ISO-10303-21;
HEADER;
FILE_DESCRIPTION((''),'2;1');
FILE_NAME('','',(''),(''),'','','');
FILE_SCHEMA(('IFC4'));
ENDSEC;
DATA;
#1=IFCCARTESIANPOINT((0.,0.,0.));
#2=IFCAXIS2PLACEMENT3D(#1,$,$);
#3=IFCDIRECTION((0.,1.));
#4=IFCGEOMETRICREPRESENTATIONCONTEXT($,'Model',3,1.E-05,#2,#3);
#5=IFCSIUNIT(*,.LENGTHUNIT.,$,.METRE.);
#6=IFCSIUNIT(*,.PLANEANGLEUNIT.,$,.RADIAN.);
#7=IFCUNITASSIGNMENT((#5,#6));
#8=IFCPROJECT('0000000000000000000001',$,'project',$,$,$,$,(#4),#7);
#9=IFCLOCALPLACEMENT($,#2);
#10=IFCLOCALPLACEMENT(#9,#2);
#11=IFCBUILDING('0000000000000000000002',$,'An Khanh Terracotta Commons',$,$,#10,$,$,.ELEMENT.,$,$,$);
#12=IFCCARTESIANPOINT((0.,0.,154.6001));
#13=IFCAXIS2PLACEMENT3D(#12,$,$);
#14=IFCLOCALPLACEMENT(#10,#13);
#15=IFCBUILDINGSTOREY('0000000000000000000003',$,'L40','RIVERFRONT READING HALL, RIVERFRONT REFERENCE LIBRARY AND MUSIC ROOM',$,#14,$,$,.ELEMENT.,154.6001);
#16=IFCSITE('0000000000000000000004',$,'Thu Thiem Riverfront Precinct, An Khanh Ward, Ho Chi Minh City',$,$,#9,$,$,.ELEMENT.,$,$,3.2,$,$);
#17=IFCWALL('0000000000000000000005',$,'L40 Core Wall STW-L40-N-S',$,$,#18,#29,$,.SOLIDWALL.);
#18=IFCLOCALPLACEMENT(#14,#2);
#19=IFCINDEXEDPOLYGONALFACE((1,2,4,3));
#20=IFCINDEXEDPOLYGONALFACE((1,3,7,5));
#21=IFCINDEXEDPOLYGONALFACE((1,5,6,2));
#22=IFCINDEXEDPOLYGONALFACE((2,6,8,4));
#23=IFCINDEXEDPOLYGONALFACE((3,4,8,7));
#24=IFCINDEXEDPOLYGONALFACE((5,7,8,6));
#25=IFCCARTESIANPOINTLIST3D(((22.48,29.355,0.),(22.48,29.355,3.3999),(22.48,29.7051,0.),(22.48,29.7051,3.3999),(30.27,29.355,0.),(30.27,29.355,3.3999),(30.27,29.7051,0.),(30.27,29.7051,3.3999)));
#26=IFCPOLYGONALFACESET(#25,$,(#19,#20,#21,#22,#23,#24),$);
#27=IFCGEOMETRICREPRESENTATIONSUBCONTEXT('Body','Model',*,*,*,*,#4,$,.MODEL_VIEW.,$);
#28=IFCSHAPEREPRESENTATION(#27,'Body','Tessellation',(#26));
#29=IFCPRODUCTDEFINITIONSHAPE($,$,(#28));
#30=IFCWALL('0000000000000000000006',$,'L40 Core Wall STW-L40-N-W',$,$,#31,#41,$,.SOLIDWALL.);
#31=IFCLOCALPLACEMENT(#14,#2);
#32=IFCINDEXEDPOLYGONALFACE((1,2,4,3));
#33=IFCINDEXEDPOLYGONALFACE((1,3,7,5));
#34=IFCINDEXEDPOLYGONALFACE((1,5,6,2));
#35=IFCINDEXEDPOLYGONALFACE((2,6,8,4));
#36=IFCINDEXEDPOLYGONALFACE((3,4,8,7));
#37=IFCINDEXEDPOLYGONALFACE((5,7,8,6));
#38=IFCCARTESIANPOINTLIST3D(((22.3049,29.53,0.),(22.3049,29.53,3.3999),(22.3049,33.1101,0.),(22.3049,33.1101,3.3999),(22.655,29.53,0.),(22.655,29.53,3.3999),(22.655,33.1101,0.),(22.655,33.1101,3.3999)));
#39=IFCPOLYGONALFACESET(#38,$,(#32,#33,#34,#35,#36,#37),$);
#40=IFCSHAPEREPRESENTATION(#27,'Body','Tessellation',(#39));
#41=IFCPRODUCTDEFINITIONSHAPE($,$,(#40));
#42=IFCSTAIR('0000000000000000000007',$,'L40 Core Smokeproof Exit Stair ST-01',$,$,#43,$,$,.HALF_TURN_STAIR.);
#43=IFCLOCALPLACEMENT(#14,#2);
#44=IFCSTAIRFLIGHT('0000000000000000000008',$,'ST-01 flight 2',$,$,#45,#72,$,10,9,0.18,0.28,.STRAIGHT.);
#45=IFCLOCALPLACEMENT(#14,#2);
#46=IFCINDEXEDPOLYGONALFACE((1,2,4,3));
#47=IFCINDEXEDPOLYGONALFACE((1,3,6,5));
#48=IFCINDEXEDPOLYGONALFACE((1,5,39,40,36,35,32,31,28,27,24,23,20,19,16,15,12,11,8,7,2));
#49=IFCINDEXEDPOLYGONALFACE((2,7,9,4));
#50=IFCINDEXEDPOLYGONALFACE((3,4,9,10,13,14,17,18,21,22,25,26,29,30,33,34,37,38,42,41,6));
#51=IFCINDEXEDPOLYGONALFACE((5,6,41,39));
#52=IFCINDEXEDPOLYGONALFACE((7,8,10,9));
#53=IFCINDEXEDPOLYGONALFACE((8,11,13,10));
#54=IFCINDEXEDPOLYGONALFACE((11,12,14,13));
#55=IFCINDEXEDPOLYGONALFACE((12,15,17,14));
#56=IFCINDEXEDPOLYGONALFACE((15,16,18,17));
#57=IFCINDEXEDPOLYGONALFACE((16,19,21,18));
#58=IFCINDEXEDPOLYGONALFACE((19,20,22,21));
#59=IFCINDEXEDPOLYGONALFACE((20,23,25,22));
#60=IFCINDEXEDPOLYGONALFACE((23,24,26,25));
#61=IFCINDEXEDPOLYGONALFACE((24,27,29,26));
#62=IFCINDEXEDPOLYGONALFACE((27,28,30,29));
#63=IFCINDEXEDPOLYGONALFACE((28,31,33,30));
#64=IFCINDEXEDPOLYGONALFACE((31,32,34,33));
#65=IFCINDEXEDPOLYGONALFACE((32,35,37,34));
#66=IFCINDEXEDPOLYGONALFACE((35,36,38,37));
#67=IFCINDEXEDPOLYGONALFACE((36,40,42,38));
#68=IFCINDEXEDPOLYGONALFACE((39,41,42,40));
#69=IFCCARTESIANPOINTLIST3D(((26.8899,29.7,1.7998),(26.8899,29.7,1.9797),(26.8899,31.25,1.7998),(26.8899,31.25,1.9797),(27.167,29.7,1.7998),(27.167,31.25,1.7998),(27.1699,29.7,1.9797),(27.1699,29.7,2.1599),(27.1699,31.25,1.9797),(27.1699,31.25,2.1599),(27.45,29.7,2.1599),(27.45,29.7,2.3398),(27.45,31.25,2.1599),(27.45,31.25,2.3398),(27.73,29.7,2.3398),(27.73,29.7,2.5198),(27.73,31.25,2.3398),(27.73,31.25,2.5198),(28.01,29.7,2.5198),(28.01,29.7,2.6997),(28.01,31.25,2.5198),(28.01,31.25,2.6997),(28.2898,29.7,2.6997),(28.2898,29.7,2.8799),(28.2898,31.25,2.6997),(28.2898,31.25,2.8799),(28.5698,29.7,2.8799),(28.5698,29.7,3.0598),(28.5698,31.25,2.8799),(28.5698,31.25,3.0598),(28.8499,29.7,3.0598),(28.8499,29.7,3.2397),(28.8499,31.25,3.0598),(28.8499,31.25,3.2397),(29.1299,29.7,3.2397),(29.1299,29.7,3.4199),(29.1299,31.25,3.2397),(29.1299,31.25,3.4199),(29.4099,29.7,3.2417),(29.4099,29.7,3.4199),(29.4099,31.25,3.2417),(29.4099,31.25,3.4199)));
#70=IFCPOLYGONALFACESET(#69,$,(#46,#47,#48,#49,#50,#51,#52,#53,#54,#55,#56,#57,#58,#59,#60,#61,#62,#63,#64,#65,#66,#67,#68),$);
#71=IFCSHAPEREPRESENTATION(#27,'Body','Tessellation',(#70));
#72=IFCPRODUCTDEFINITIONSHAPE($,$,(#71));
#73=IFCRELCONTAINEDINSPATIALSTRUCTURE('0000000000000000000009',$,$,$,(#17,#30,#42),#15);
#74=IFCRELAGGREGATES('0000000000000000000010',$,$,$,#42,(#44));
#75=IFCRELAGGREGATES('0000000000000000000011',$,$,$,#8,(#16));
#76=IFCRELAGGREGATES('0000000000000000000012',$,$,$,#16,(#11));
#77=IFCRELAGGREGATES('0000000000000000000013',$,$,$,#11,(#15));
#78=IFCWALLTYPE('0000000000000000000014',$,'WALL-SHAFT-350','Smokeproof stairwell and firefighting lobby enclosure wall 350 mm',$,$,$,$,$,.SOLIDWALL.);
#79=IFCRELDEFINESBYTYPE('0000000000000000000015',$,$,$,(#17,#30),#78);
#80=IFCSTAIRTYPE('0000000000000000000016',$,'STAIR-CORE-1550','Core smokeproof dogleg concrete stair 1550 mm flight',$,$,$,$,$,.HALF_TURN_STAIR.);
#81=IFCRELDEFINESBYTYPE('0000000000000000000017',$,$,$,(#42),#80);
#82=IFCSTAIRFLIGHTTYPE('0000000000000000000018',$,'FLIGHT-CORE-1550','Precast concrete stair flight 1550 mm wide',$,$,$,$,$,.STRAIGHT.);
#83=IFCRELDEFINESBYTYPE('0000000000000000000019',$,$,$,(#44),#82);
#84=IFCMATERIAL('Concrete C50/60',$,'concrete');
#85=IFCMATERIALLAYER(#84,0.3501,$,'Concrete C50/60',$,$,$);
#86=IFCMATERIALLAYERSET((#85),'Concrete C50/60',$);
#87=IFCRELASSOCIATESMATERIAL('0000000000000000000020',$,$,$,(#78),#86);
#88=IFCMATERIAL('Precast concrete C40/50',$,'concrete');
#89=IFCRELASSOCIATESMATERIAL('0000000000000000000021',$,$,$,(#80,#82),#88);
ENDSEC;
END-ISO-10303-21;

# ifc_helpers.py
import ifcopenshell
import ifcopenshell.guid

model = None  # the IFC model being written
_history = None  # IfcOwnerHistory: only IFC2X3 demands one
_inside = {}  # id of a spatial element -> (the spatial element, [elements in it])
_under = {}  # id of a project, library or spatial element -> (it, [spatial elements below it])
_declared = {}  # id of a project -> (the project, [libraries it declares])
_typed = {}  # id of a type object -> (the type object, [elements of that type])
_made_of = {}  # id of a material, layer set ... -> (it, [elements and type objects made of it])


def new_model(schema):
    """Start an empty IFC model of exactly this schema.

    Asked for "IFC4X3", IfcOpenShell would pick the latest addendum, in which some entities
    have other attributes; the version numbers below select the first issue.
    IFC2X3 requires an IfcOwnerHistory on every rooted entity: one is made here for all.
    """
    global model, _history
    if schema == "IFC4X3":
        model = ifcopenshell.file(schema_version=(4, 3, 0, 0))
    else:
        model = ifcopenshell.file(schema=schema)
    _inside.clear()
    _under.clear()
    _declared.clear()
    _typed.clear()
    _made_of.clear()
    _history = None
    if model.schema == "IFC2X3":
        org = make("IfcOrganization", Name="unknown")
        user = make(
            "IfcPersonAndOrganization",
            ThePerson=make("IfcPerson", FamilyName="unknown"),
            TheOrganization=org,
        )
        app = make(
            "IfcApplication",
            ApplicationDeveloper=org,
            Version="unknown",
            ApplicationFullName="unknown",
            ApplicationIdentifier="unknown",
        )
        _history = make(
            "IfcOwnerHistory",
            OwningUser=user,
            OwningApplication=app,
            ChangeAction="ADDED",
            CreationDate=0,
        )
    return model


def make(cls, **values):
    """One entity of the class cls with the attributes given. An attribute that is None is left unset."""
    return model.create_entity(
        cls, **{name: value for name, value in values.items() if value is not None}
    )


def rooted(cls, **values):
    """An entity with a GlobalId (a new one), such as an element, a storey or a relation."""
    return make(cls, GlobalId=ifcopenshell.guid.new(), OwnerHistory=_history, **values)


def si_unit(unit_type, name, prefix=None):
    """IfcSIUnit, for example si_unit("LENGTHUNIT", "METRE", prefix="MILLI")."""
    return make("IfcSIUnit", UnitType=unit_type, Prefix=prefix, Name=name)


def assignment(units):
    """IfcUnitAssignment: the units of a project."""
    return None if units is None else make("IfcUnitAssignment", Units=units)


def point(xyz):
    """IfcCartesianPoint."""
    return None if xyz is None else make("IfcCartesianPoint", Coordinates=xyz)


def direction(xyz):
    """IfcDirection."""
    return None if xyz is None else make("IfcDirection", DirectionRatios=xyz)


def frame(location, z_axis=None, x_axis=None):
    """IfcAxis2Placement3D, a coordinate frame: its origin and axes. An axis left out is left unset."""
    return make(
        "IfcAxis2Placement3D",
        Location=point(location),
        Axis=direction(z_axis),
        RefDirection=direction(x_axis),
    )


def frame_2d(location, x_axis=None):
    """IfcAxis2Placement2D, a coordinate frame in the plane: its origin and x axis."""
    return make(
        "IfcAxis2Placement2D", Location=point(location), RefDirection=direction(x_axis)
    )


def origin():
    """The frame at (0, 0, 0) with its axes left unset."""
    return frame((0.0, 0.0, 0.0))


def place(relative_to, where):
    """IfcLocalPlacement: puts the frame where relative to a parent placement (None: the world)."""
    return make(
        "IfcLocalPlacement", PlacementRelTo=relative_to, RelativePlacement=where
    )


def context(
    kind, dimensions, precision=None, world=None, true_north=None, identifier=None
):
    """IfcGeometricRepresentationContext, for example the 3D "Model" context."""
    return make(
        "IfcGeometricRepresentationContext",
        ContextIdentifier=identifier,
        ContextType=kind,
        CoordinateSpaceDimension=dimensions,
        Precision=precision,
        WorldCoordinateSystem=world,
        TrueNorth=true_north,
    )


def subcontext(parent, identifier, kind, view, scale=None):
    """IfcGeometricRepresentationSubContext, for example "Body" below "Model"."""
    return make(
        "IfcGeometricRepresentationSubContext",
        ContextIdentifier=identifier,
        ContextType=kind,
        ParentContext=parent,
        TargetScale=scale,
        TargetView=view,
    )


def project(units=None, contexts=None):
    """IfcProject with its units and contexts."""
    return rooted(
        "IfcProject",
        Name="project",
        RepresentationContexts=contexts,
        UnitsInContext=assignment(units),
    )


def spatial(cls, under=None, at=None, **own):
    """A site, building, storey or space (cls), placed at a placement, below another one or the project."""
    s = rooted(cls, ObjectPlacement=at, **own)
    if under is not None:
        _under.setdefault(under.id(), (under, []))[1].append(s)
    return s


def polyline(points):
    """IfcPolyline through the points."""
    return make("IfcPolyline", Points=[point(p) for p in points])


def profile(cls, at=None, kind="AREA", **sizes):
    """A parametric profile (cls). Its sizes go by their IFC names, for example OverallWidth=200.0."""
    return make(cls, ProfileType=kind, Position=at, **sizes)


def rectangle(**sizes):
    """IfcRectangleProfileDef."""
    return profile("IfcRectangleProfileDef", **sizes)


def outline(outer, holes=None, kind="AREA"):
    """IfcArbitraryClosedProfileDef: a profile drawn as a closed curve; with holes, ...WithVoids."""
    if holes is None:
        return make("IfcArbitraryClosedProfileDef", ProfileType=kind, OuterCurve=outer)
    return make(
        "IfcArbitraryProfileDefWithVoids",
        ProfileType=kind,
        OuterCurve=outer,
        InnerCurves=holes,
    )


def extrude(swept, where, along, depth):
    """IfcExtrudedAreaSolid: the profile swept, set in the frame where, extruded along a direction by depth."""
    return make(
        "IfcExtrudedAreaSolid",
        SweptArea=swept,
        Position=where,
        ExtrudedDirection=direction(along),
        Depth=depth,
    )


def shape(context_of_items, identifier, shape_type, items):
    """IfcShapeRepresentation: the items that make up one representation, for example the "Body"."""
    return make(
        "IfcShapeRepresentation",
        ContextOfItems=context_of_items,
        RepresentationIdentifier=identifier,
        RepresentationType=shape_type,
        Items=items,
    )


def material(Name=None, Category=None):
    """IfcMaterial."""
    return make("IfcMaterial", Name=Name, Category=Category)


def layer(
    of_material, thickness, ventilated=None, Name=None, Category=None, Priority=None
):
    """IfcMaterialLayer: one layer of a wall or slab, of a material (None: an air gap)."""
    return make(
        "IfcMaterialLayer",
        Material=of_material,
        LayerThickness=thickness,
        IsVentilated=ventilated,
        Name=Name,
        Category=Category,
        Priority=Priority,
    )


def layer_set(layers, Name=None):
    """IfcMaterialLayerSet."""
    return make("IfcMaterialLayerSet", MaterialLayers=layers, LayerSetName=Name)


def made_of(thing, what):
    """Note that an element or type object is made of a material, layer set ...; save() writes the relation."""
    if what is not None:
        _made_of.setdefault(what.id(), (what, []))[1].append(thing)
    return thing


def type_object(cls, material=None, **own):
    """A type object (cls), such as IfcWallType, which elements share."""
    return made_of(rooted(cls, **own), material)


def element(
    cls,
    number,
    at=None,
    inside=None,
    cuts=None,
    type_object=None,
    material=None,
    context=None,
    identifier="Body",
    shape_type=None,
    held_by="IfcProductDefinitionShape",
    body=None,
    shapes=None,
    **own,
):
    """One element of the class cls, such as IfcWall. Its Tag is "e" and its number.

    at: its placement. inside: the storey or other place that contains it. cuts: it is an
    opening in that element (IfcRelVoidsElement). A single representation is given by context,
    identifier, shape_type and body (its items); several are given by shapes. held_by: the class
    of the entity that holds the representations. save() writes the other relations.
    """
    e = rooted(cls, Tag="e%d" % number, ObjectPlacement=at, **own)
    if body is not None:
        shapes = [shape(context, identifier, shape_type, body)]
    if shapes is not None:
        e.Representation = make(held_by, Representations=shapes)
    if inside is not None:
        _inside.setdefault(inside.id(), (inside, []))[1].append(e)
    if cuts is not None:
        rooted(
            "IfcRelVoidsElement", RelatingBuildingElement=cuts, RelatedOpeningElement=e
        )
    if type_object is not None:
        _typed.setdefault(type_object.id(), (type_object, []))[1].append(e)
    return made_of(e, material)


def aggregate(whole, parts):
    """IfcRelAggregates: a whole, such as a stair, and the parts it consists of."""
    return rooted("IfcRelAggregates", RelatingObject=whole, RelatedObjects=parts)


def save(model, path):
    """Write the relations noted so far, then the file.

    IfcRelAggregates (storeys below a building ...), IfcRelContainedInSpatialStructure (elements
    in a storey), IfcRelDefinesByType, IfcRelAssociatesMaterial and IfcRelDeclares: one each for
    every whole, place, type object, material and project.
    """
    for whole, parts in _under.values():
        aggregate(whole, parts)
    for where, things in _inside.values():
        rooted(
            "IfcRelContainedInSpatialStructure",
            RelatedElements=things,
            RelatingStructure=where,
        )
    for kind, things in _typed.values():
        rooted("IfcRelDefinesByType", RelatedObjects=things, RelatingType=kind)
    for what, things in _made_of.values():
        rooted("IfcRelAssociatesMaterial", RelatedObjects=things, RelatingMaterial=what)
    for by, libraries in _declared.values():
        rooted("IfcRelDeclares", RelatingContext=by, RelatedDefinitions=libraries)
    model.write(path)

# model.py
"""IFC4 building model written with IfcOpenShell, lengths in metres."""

from ifc_helpers import new_model, si_unit, direction, frame, frame_2d, origin, place, context, subcontext, project, spatial, polyline, rectangle, outline, extrude, material, layer, layer_set, type_object, element, aggregate, save


model = new_model("IFC4")

# Units and contexts
model_context = context("Model", 3, precision=1e-05, world=origin(), true_north=direction((0.0, 1.0)))
body_context = subcontext(model_context, "Body", "Model", "MODEL_VIEW")
ifc_project = project(units=[si_unit("LENGTHUNIT", "METRE"), si_unit("PLANEANGLEUNIT", "RADIAN")], contexts=[model_context])

# Site, building, storey
site_placement = place(None, origin())
site = spatial("IfcSite", under=ifc_project, at=site_placement, Name="Thu Thiem Riverfront Precinct, An Khanh Ward, Ho Chi Minh City", CompositionType="ELEMENT", RefElevation=3.2)
building_placement = place(site_placement, origin())
building = spatial("IfcBuilding", under=site, at=building_placement, Name="An Khanh Terracotta Commons", CompositionType="ELEMENT")
storey_placement = place(building_placement, frame((0.0, 0.0, 154.6001)))
storey = spatial("IfcBuildingStorey", under=building, at=storey_placement, Name="L40", Description="RIVERFRONT READING HALL, RIVERFRONT REFERENCE LIBRARY AND MUSIC ROOM", CompositionType="ELEMENT", Elevation=154.6001)

# Walls
ifc_material_1 = material(Name="Concrete C50/60", Category="concrete")
ifc_layer_1 = layer(ifc_material_1, 0.3501, Name="Concrete C50/60")
ifc_layer_set_1 = layer_set([ifc_layer_1], Name="Concrete C50/60")
wall_type_1 = type_object("IfcWallType", Name="WALL-SHAFT-350", Description="Smokeproof stairwell and firefighting lobby enclosure wall 350 mm", PredefinedType="SOLIDWALL", material=ifc_layer_set_1)
wall_1_placement = place(storey_placement, frame((22.48, 29.53, 0.0), z_axis=(0.0, 0.0, 1.0), x_axis=(1.0, 0.0, 0.0)))
element("IfcWall", 1, at=wall_1_placement, inside=storey, type_object=wall_type_1, Name="L40 Core Wall STW-L40-N-S", PredefinedType="SOLIDWALL", context=body_context, shape_type="SweptSolid", body=[
    extrude(rectangle(XDim=7.79, YDim=0.3501, at=frame_2d((3.895, 0.0))), origin(), (0.0, 0.0, 1.0), 3.3999),
])
wall_2_placement = place(storey_placement, frame((22.48, 29.53, 0.0), z_axis=(0.0, 0.0, 1.0), x_axis=(0.0, 1.0, 0.0)))
element("IfcWall", 2, at=wall_2_placement, inside=storey, type_object=wall_type_1, Name="L40 Core Wall STW-L40-N-W", PredefinedType="SOLIDWALL", context=body_context, shape_type="SweptSolid", body=[
    extrude(rectangle(XDim=3.5801, YDim=0.3501, at=frame_2d((1.79, 0.0))), origin(), (0.0, 0.0, 1.0), 3.3999),
])

# Stair, stair flight
ifc_material_2 = material(Name="Precast concrete C40/50", Category="concrete")
stair_type = type_object("IfcStairType", Name="STAIR-CORE-1550", Description="Core smokeproof dogleg concrete stair 1550 mm flight", PredefinedType="HALF_TURN_STAIR", material=ifc_material_2)
stair_placement = place(storey_placement, origin())
stair = element("IfcStair", 3, at=stair_placement, inside=storey, type_object=stair_type, Name="L40 Core Smokeproof Exit Stair ST-01", PredefinedType="HALF_TURN_STAIR")
stair_flight_type = type_object("IfcStairFlightType", Name="FLIGHT-CORE-1550", Description="Precast concrete stair flight 1550 mm wide", PredefinedType="STRAIGHT", material=ifc_material_2)
stair_flight_placement = place(storey_placement, frame((26.8899, 30.4751, 1.7998), z_axis=(0.0, 0.0, 1.0), x_axis=(1.0, 0.0, 0.0)))
stair_flight = element("IfcStairFlight", 4, at=stair_flight_placement, type_object=stair_flight_type, Name="ST-01 flight 2", NumberOfRisers=10, NumberOfTreads=9, PredefinedType="STRAIGHT", RiserHeight=0.18, TreadLength=0.28, context=body_context, shape_type="SweptSolid", body=[
    extrude(outline(polyline([(0.0, 0.0), (0.0, 0.1799), (0.28, 0.1799), (0.28, 0.3601), (0.5601, 0.3601), (0.5601, 0.54), (0.8401, 0.54), (0.8401, 0.72), (1.1201, 0.72), (1.1201, 0.8999), (1.3999, 0.8999), (1.3999, 1.0801), (1.6799, 1.0801), (1.6799, 1.26), (1.96, 1.26), (1.96, 1.4399), (2.24, 1.4399), (2.24, 1.6201), (2.52, 1.6201), (2.52, 1.8), (2.52, 1.4419), (0.2771, 0.0), (0.0, 0.0)])), frame((0.0, 0.7749, 0.0), z_axis=(0.0, -1.0, 0.0), x_axis=(1.0, 0.0, 0.0)), (0.0, 0.0, 1.0), 1.55),
])
aggregate(stair, [stair_flight])

save(model, "model.ifc")
